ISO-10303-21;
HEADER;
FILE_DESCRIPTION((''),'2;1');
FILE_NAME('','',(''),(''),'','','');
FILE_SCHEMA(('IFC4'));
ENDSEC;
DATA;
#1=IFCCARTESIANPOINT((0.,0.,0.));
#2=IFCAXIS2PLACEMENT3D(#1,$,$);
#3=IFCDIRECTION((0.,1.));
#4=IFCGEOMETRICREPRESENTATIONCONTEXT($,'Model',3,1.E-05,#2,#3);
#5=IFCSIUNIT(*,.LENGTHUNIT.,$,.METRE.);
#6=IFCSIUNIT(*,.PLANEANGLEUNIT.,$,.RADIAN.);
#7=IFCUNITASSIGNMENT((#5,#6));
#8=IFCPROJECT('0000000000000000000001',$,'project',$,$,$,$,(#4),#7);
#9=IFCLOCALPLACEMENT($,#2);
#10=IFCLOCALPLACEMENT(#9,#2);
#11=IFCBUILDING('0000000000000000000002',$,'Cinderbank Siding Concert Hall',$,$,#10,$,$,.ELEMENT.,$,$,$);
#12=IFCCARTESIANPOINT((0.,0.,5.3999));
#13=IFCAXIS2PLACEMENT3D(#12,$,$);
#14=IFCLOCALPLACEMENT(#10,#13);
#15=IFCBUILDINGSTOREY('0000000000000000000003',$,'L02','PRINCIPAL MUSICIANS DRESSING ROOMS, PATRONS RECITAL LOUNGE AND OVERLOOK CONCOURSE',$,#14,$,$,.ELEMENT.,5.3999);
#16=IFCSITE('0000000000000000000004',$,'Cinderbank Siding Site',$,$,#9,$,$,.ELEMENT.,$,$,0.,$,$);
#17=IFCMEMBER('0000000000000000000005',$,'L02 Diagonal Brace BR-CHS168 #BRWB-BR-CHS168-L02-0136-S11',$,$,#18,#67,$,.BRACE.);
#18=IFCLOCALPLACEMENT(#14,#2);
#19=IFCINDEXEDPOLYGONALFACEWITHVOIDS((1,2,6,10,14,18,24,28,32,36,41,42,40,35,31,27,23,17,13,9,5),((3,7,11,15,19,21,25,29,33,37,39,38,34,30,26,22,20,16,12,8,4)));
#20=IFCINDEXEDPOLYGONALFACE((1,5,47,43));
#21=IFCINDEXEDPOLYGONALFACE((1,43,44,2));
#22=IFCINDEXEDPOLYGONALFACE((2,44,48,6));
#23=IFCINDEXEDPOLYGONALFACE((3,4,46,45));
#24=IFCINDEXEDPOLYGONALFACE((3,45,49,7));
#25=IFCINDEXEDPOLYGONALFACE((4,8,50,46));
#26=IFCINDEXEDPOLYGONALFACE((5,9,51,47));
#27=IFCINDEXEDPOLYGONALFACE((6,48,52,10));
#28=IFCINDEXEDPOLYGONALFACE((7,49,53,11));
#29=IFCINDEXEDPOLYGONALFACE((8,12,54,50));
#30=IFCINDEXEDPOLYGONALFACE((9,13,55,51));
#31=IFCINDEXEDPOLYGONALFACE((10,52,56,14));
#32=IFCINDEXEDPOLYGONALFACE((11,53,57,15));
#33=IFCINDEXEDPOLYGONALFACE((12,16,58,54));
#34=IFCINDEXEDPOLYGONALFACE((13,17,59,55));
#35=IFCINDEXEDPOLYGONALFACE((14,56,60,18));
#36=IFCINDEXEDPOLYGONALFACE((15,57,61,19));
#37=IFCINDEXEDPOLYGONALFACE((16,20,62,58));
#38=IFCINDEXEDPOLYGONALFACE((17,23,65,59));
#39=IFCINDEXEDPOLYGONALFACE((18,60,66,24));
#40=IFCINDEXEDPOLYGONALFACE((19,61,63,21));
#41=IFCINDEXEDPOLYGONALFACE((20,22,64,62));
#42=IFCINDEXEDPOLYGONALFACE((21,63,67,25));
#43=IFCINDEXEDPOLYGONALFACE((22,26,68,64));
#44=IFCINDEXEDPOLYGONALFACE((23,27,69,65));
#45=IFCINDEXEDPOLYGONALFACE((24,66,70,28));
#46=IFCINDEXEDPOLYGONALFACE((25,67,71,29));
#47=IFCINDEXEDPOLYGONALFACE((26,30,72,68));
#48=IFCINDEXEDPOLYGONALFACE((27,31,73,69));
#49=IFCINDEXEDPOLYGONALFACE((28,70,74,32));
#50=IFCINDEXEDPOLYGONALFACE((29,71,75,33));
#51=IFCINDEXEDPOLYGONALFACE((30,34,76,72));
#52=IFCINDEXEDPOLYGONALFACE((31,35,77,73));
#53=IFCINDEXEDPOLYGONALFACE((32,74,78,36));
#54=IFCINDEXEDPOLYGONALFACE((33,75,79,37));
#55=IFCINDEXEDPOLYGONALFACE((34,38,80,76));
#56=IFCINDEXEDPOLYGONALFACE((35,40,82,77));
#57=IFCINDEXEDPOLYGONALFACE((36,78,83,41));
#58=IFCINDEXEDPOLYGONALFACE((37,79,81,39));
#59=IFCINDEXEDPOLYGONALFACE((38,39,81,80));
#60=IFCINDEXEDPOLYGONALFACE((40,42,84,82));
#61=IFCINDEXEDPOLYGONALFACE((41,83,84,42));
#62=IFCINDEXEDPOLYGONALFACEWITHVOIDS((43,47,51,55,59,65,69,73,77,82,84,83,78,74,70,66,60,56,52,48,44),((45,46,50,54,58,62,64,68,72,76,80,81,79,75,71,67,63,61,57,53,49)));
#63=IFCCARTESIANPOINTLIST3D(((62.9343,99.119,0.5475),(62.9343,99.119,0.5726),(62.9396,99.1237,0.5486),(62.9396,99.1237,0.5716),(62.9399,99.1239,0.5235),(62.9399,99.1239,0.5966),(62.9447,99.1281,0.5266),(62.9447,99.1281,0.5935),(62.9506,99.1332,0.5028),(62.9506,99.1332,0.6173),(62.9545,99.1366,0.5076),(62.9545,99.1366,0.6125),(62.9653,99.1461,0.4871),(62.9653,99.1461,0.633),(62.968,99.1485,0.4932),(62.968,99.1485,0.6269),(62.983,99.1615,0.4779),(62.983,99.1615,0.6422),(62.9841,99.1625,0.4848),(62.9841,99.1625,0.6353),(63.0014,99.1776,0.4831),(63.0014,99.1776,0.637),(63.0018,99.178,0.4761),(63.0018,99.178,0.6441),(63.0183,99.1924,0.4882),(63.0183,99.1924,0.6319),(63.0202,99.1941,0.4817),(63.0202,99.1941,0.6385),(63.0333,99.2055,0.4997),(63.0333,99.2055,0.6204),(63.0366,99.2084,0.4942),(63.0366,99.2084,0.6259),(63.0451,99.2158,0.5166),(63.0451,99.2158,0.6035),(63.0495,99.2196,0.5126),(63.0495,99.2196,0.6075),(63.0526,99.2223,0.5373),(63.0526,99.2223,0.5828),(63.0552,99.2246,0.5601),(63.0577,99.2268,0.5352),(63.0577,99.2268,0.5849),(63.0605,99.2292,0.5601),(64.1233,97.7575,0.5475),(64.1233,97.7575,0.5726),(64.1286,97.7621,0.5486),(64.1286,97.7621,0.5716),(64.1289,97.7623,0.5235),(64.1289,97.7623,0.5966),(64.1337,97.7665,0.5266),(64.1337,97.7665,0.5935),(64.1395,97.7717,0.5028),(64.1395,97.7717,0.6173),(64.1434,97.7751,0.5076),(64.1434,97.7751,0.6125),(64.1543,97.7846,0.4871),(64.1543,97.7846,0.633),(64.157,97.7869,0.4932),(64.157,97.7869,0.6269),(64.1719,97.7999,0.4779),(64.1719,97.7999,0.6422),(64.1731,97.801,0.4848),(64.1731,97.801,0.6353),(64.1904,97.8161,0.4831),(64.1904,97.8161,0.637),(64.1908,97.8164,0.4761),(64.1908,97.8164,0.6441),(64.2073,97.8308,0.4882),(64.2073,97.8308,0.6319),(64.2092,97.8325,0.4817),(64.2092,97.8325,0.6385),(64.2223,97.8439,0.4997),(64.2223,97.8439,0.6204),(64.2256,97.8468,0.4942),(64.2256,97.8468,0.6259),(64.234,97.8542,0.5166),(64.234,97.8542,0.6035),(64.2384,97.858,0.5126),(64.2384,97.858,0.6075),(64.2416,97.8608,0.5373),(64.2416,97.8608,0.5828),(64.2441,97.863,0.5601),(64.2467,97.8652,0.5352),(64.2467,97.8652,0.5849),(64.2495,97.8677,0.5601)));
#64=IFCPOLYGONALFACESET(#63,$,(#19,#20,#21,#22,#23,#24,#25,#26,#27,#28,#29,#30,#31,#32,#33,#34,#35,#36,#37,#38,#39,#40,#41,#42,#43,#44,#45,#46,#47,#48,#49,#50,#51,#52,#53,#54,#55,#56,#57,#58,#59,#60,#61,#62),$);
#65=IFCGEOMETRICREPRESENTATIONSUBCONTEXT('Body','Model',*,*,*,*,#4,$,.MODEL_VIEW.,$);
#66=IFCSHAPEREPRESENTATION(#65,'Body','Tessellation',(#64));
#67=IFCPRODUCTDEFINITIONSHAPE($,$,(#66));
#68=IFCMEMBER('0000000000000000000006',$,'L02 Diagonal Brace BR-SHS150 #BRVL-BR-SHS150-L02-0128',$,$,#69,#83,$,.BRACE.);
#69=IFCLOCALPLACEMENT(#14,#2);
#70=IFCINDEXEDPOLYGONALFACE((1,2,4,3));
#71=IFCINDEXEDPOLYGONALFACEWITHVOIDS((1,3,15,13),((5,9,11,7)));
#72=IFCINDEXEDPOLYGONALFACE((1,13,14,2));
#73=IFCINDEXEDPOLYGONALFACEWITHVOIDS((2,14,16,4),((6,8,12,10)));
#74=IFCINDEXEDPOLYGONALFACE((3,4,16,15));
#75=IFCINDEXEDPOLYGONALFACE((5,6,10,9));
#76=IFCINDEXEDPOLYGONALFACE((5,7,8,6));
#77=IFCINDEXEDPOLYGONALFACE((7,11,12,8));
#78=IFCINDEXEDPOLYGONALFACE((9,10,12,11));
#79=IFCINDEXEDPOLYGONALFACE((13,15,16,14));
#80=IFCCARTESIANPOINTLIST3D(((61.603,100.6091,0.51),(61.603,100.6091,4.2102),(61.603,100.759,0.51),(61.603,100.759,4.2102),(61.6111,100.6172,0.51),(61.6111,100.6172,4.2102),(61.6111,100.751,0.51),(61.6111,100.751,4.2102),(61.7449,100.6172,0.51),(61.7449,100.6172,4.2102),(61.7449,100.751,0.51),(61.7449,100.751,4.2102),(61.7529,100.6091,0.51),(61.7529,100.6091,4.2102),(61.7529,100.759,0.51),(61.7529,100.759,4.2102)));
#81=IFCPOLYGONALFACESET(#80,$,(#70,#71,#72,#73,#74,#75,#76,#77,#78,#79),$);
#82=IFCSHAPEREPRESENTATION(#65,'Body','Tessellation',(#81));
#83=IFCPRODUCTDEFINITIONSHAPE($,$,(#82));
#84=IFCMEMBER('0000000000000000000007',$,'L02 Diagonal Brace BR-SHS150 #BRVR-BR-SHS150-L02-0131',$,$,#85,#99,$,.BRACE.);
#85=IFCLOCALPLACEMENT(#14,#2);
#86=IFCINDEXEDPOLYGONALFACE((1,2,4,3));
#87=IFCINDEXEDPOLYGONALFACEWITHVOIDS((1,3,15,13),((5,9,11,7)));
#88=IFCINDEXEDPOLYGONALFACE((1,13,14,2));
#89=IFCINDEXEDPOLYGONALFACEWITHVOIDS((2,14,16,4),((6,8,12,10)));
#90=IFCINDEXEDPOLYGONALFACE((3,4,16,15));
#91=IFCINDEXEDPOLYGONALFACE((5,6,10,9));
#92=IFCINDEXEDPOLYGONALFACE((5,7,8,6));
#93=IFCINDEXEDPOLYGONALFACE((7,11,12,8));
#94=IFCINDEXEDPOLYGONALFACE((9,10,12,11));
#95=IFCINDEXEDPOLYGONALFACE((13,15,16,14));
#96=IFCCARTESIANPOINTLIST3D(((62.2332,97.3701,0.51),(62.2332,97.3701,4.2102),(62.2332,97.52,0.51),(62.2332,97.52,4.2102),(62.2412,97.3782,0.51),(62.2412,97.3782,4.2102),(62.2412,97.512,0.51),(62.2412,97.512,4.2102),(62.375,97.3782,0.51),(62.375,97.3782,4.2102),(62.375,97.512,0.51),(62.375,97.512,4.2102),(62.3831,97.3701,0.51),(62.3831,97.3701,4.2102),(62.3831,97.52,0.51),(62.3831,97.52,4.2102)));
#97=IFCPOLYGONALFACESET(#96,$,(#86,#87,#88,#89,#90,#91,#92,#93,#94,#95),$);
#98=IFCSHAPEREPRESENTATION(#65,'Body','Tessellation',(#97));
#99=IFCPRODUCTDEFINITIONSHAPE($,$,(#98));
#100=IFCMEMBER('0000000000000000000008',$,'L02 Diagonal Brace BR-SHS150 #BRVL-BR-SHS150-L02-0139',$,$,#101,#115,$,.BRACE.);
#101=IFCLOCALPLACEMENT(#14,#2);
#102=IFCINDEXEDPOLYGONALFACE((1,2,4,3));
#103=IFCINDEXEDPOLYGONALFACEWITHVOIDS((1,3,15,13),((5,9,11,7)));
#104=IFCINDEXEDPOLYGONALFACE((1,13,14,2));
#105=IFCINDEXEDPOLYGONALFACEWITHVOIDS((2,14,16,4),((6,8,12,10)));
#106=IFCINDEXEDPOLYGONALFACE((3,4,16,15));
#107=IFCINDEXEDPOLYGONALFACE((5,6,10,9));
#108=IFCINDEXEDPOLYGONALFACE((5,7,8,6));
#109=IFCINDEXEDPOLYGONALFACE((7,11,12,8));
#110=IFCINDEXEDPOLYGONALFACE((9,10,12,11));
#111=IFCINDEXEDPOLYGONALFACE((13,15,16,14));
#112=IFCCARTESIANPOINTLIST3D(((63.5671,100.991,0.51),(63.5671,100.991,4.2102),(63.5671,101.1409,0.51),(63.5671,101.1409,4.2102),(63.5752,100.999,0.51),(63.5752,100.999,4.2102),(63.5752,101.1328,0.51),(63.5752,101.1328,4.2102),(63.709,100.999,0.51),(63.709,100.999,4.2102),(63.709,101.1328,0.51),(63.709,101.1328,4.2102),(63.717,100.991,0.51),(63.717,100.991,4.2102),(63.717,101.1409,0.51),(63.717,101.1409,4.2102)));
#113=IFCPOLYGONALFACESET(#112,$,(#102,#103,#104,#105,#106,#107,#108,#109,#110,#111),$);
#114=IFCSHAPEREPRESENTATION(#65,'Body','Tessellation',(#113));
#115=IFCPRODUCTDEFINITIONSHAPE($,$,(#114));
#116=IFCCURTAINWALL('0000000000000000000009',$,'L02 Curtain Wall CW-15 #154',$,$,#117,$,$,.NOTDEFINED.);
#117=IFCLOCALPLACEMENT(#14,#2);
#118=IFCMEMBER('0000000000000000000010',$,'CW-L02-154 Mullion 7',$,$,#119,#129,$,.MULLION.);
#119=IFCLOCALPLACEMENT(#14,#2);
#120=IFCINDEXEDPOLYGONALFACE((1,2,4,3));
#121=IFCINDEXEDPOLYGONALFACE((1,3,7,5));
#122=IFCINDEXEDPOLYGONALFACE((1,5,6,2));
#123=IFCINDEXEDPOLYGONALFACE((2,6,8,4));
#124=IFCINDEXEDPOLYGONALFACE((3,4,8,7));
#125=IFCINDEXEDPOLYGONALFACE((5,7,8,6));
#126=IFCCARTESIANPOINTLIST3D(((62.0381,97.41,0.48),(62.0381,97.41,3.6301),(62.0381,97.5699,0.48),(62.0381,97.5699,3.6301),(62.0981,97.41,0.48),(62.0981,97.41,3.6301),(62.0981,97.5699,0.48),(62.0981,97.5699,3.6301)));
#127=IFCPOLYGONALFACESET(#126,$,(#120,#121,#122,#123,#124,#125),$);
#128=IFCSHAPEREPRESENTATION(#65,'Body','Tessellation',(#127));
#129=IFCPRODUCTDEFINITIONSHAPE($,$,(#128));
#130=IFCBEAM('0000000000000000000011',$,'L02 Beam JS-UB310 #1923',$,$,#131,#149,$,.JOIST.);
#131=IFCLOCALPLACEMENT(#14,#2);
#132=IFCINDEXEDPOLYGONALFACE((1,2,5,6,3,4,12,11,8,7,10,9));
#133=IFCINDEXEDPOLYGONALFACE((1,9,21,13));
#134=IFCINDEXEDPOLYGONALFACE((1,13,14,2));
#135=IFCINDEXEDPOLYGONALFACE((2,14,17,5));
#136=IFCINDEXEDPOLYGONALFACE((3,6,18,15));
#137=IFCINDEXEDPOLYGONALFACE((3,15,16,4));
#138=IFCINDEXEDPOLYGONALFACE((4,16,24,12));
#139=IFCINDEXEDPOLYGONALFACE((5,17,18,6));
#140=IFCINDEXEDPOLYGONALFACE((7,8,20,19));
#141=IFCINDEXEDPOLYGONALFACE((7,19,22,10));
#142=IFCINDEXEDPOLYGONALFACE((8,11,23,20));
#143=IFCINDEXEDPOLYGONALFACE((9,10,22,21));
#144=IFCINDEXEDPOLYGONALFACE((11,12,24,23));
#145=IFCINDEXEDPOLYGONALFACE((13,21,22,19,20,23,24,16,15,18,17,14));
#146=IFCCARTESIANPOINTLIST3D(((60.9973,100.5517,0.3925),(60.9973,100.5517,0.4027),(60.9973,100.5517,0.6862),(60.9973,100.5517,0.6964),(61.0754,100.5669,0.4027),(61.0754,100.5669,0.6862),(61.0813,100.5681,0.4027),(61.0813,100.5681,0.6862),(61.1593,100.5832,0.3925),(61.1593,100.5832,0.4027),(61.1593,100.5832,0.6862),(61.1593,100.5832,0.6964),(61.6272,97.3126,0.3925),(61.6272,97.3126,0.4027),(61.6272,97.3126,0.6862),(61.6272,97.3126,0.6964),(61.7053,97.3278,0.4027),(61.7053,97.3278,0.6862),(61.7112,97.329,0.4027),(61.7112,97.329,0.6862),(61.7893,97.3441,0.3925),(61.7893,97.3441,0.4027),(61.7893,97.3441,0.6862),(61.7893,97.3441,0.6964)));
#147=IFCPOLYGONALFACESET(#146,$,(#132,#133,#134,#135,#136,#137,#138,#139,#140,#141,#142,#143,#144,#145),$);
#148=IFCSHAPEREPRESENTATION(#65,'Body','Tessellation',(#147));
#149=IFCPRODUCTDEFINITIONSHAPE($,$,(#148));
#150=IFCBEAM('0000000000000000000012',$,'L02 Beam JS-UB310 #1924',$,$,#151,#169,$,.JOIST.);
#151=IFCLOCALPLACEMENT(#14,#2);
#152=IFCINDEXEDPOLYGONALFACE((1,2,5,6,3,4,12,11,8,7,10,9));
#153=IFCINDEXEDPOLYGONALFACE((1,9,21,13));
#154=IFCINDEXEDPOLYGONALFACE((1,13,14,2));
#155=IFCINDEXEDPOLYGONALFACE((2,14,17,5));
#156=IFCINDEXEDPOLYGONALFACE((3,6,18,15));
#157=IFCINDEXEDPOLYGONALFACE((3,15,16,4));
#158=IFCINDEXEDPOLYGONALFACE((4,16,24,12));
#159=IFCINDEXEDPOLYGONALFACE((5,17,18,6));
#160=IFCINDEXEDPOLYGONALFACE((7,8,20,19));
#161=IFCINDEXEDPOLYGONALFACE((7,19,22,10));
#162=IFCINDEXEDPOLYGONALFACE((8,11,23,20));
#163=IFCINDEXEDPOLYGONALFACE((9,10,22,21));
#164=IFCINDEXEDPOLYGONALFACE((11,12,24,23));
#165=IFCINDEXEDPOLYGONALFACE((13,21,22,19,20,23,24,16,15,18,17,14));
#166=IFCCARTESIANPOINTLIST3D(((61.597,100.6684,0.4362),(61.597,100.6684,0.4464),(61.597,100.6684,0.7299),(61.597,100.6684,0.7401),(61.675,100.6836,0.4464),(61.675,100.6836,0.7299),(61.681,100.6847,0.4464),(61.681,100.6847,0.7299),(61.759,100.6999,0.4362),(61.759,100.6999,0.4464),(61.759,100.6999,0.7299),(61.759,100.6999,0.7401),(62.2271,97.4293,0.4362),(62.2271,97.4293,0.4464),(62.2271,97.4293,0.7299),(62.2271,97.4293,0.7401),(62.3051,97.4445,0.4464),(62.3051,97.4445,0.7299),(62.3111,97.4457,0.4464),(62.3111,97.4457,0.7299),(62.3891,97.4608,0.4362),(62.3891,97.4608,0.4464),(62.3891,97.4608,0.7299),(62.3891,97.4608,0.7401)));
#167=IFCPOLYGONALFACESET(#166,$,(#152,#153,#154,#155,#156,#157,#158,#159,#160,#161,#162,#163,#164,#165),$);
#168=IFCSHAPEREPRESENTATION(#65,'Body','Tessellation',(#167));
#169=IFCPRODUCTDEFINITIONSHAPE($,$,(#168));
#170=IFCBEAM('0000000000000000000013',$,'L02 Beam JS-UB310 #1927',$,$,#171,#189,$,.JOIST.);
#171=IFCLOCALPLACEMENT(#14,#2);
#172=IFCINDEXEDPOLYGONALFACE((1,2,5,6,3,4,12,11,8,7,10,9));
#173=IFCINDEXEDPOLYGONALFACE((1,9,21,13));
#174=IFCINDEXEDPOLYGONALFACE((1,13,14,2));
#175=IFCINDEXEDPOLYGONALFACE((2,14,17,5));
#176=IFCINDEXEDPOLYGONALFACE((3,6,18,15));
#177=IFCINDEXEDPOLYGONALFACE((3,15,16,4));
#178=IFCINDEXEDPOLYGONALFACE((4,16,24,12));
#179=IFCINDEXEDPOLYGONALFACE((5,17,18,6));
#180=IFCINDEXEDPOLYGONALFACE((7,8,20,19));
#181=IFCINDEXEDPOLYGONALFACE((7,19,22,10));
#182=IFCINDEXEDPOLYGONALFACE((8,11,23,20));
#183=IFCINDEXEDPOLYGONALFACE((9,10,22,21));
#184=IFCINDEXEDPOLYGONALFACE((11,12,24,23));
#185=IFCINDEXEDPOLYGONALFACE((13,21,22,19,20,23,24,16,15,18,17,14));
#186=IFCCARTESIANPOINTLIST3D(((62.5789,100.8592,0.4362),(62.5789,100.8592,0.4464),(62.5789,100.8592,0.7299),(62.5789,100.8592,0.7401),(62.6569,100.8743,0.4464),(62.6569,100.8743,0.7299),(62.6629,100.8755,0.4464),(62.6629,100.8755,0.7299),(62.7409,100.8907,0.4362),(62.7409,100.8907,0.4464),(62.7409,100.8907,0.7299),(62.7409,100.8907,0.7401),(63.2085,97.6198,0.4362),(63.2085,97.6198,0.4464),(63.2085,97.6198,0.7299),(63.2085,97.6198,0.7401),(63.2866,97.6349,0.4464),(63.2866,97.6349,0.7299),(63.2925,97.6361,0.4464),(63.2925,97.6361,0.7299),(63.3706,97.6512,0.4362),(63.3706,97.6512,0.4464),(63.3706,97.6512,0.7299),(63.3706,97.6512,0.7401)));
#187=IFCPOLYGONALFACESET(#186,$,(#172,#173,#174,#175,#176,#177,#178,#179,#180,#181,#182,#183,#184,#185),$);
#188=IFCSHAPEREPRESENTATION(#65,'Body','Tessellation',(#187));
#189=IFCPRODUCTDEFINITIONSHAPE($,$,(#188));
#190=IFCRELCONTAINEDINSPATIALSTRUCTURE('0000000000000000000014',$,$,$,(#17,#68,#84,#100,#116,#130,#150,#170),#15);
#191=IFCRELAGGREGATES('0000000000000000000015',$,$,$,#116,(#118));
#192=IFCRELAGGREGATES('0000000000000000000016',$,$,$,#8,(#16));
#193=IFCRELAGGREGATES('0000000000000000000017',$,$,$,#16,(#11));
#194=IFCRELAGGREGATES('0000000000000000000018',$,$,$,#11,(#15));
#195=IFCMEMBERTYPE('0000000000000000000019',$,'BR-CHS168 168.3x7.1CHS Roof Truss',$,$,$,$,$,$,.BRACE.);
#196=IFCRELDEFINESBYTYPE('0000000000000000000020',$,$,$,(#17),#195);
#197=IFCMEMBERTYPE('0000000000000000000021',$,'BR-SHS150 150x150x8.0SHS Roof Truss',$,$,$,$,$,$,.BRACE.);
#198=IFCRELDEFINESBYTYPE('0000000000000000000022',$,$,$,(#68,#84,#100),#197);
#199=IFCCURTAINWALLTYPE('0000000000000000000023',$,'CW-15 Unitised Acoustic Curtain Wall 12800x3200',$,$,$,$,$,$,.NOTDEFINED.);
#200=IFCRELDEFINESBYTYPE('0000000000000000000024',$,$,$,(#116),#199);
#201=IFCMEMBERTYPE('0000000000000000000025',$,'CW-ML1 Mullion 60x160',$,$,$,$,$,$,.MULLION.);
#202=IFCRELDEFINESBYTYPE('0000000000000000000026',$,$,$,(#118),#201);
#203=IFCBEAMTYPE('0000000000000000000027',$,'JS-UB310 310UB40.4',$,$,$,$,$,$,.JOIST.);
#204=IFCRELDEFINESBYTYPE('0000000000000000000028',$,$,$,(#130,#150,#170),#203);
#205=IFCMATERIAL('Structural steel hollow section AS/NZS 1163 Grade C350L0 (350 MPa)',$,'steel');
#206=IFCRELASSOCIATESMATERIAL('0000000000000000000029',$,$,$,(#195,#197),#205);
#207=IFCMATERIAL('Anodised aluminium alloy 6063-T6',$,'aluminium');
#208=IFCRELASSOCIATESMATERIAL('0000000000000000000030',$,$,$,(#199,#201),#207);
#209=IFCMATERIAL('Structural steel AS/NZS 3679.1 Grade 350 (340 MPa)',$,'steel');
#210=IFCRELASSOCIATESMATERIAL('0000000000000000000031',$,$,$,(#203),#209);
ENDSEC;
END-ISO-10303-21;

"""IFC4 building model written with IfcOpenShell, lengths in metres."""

from ifc_helpers import new_model, si_unit, direction, frame, origin, origin_2d, place, context, subcontext, project, spatial, rectangle, hollow_rectangle, hollow_circle, i_section, extrude, material, material_profile, profile_set, type_object, element, aggregate, save


model = new_model("IFC4")

# Units and contexts
model_context = context("Model", 3, precision=1e-05, world=origin(), true_north=direction((0.0, 1.0)))
body_context = subcontext(model_context, "Body", "Model", "MODEL_VIEW")
ifc_project = project(units=[si_unit("LENGTHUNIT", "METRE"), si_unit("PLANEANGLEUNIT", "RADIAN")], contexts=[model_context])

# Site, building, storey
site_placement = place(None, origin())
site = spatial("IfcSite", under=ifc_project, at=site_placement, Name="Cinderbank Siding Site", CompositionType="ELEMENT", RefElevation=0.0)
building_placement = place(site_placement, origin())
building = spatial("IfcBuilding", under=site, at=building_placement, Name="Cinderbank Siding Concert Hall", CompositionType="ELEMENT")
storey_placement = place(building_placement, frame((0.0, 0.0, 5.3999)))
storey = spatial("IfcBuildingStorey", under=building, at=storey_placement, Name="L02", Description="PRINCIPAL MUSICIANS DRESSING ROOMS, PATRONS RECITAL LOUNGE AND OVERLOOK CONCOURSE", CompositionType="ELEMENT", Elevation=5.3999)

# Shared definitions
ifc_material_1 = material(Name="Structural steel hollow section AS/NZS 1163 Grade C350L0 (350 MPa)", Category="steel")

# Members
ifc_material_profile_1 = material_profile(ifc_material_1, hollow_circle(Radius=0.0842, WallThickness=0.0071, at=origin_2d()), Name="168.3x7.1CHS", Category="LoadBearing")
ifc_profile_set_1 = profile_set([ifc_material_profile_1], Name="Structural steel hollow section AS/NZS 1163 Grade C350L0 (350 MPa)")
member_type_1 = type_object("IfcMemberType", Name="BR-CHS168 168.3x7.1CHS Roof Truss", PredefinedType="BRACE", material=ifc_profile_set_1)
member_1_placement = place(storey_placement, frame((62.9971, 99.1738, 0.5601), z_axis=(0.657749, -0.753237, 0.0), x_axis=(0.753237, 0.657749, 0.0)))
element("IfcMember", 1, at=member_1_placement, inside=storey, type_object=member_type_1, Name="L02 Diagonal Brace BR-CHS168 #BRWB-BR-CHS168-L02-0136-S11", PredefinedType="BRACE", context=body_context, shape_type="SweptSolid", body=[
    extrude(hollow_circle(Radius=0.0842, WallThickness=0.0071, at=origin_2d()), origin(), (0.0, 0.0, 1.0), 1.8076),
])
ifc_material_profile_2 = material_profile(ifc_material_1, hollow_rectangle(XDim=0.1499, YDim=0.1499, WallThickness=0.0081, at=origin_2d()), Name="150x150x8.0SHS", Category="LoadBearing")
ifc_profile_set_2 = profile_set([ifc_material_profile_2], Name="Structural steel hollow section AS/NZS 1163 Grade C350L0 (350 MPa)")
member_type_2 = type_object("IfcMemberType", Name="BR-SHS150 150x150x8.0SHS Roof Truss", PredefinedType="BRACE", material=ifc_profile_set_2)
for number, where, z_axis, x_axis, name in (
    (2, (61.678, 100.6841, 0.51), (0.0, 0.0, 1.0), (1.0, 0.0, 0.0), "L02 Diagonal Brace BR-SHS150 #BRVL-BR-SHS150-L02-0128"),
    (3, (62.3081, 97.4451, 0.51), (0.0, 0.0, 1.0), (1.0, 0.0, 0.0), "L02 Diagonal Brace BR-SHS150 #BRVR-BR-SHS150-L02-0131"),
    (4, (63.6421, 101.0659, 0.51), (0.0, 0.0, 1.0), (1.0, 0.0, 0.0), "L02 Diagonal Brace BR-SHS150 #BRVL-BR-SHS150-L02-0139"),
):
    element("IfcMember", number, at=place(storey_placement, frame(where, z_axis=z_axis, x_axis=x_axis)), inside=storey, type_object=member_type_2, Name=name, PredefinedType="BRACE", context=body_context, shape_type="SweptSolid", body=[
        extrude(hollow_rectangle(XDim=0.1499, YDim=0.1499, WallThickness=0.0081, at=origin_2d()), origin(), (0.0, 0.0, 1.0), 3.7002),
    ])

# Curtain wall, member
ifc_material_2 = material(Name="Anodised aluminium alloy 6063-T6", Category="aluminium")
curtain_wall_type = type_object("IfcCurtainWallType", Name="CW-15 Unitised Acoustic Curtain Wall 12800x3200", PredefinedType="NOTDEFINED", material=ifc_material_2)
curtain_wall_placement = place(storey_placement, origin())
curtain_wall = element("IfcCurtainWall", 5, at=curtain_wall_placement, inside=storey, type_object=curtain_wall_type, Name="L02 Curtain Wall CW-15 #154", PredefinedType="NOTDEFINED")
ifc_material_profile_3 = material_profile(ifc_material_2, rectangle(XDim=0.0601, YDim=0.1599, at=origin_2d()), Name="ALU-MULL-60x160", Category="LoadBearing")
ifc_profile_set_3 = profile_set([ifc_material_profile_3], Name="Anodised aluminium alloy 6063-T6")
member_type_3 = type_object("IfcMemberType", Name="CW-ML1 Mullion 60x160", PredefinedType="MULLION", material=ifc_profile_set_3)
member_2_placement = place(storey_placement, frame((62.0681, 97.49, 0.48), z_axis=(0.0, 0.0, 1.0), x_axis=(1.0, 0.0, 0.0)))
member_2 = element("IfcMember", 6, at=member_2_placement, type_object=member_type_3, Name="CW-L02-154 Mullion 7", PredefinedType="MULLION", context=body_context, shape_type="SweptSolid", body=[
    extrude(rectangle(XDim=0.0601, YDim=0.1599, at=origin_2d()), origin(), (0.0, 0.0, 1.0), 3.1501),
])
aggregate(curtain_wall, [member_2])

# Beams
ifc_material_3 = material(Name="Structural steel AS/NZS 3679.1 Grade 350 (340 MPa)", Category="steel")
ifc_material_profile_4 = material_profile(ifc_material_3, i_section(OverallWidth=0.165, OverallDepth=0.304, WebThickness=0.0061, FlangeThickness=0.0103, at=origin_2d()), Name="310UB40.4", Category="LoadBearing")
ifc_profile_set_4 = profile_set([ifc_material_profile_4], Name="Structural steel AS/NZS 3679.1 Grade 350 (340 MPa)")
beam_type_1 = type_object("IfcBeamType", Name="JS-UB310 310UB40.4", PredefinedType="JOIST", material=ifc_profile_set_4)
for number, where, z_axis, x_axis, name in (
    (7, (61.7083, 97.3284, 0.5444), (-0.190891, 0.981611, 0.0), (-0.981611, -0.190891, 0.0), "L02 Beam JS-UB310 #1923"),
    (8, (62.3081, 97.4451, 0.5881), (-0.190963, 0.981597, 0.0), (-0.981597, -0.190963, 0.0), "L02 Beam JS-UB310 #1924"),
):
    element("IfcBeam", number, at=place(storey_placement, frame(where, z_axis=z_axis, x_axis=x_axis)), inside=storey, type_object=beam_type_1, Name=name, PredefinedType="JOIST", context=body_context, shape_type="SweptSolid", body=[
        extrude(i_section(OverallWidth=0.165, OverallDepth=0.304, WebThickness=0.0061, FlangeThickness=0.0103, at=origin_2d()), origin(), (0.0, 0.0, 1.0), 3.2998),
    ])
beam_1_placement = place(storey_placement, frame((63.2896, 97.6355, 0.5881), z_axis=(-0.190792, 0.98163, 0.0), x_axis=(-0.98163, -0.190792, 0.0)))
element("IfcBeam", 9, at=beam_1_placement, inside=storey, type_object=beam_type_1, Name="L02 Beam JS-UB310 #1927", PredefinedType="JOIST", context=body_context, shape_type="SweptSolid", body=[
    extrude(i_section(OverallWidth=0.165, OverallDepth=0.304, WebThickness=0.0061, FlangeThickness=0.0103, at=origin_2d()), origin(), (0.0, 0.0, 1.0), 3.3),
])

save(model, "model.ifc")
